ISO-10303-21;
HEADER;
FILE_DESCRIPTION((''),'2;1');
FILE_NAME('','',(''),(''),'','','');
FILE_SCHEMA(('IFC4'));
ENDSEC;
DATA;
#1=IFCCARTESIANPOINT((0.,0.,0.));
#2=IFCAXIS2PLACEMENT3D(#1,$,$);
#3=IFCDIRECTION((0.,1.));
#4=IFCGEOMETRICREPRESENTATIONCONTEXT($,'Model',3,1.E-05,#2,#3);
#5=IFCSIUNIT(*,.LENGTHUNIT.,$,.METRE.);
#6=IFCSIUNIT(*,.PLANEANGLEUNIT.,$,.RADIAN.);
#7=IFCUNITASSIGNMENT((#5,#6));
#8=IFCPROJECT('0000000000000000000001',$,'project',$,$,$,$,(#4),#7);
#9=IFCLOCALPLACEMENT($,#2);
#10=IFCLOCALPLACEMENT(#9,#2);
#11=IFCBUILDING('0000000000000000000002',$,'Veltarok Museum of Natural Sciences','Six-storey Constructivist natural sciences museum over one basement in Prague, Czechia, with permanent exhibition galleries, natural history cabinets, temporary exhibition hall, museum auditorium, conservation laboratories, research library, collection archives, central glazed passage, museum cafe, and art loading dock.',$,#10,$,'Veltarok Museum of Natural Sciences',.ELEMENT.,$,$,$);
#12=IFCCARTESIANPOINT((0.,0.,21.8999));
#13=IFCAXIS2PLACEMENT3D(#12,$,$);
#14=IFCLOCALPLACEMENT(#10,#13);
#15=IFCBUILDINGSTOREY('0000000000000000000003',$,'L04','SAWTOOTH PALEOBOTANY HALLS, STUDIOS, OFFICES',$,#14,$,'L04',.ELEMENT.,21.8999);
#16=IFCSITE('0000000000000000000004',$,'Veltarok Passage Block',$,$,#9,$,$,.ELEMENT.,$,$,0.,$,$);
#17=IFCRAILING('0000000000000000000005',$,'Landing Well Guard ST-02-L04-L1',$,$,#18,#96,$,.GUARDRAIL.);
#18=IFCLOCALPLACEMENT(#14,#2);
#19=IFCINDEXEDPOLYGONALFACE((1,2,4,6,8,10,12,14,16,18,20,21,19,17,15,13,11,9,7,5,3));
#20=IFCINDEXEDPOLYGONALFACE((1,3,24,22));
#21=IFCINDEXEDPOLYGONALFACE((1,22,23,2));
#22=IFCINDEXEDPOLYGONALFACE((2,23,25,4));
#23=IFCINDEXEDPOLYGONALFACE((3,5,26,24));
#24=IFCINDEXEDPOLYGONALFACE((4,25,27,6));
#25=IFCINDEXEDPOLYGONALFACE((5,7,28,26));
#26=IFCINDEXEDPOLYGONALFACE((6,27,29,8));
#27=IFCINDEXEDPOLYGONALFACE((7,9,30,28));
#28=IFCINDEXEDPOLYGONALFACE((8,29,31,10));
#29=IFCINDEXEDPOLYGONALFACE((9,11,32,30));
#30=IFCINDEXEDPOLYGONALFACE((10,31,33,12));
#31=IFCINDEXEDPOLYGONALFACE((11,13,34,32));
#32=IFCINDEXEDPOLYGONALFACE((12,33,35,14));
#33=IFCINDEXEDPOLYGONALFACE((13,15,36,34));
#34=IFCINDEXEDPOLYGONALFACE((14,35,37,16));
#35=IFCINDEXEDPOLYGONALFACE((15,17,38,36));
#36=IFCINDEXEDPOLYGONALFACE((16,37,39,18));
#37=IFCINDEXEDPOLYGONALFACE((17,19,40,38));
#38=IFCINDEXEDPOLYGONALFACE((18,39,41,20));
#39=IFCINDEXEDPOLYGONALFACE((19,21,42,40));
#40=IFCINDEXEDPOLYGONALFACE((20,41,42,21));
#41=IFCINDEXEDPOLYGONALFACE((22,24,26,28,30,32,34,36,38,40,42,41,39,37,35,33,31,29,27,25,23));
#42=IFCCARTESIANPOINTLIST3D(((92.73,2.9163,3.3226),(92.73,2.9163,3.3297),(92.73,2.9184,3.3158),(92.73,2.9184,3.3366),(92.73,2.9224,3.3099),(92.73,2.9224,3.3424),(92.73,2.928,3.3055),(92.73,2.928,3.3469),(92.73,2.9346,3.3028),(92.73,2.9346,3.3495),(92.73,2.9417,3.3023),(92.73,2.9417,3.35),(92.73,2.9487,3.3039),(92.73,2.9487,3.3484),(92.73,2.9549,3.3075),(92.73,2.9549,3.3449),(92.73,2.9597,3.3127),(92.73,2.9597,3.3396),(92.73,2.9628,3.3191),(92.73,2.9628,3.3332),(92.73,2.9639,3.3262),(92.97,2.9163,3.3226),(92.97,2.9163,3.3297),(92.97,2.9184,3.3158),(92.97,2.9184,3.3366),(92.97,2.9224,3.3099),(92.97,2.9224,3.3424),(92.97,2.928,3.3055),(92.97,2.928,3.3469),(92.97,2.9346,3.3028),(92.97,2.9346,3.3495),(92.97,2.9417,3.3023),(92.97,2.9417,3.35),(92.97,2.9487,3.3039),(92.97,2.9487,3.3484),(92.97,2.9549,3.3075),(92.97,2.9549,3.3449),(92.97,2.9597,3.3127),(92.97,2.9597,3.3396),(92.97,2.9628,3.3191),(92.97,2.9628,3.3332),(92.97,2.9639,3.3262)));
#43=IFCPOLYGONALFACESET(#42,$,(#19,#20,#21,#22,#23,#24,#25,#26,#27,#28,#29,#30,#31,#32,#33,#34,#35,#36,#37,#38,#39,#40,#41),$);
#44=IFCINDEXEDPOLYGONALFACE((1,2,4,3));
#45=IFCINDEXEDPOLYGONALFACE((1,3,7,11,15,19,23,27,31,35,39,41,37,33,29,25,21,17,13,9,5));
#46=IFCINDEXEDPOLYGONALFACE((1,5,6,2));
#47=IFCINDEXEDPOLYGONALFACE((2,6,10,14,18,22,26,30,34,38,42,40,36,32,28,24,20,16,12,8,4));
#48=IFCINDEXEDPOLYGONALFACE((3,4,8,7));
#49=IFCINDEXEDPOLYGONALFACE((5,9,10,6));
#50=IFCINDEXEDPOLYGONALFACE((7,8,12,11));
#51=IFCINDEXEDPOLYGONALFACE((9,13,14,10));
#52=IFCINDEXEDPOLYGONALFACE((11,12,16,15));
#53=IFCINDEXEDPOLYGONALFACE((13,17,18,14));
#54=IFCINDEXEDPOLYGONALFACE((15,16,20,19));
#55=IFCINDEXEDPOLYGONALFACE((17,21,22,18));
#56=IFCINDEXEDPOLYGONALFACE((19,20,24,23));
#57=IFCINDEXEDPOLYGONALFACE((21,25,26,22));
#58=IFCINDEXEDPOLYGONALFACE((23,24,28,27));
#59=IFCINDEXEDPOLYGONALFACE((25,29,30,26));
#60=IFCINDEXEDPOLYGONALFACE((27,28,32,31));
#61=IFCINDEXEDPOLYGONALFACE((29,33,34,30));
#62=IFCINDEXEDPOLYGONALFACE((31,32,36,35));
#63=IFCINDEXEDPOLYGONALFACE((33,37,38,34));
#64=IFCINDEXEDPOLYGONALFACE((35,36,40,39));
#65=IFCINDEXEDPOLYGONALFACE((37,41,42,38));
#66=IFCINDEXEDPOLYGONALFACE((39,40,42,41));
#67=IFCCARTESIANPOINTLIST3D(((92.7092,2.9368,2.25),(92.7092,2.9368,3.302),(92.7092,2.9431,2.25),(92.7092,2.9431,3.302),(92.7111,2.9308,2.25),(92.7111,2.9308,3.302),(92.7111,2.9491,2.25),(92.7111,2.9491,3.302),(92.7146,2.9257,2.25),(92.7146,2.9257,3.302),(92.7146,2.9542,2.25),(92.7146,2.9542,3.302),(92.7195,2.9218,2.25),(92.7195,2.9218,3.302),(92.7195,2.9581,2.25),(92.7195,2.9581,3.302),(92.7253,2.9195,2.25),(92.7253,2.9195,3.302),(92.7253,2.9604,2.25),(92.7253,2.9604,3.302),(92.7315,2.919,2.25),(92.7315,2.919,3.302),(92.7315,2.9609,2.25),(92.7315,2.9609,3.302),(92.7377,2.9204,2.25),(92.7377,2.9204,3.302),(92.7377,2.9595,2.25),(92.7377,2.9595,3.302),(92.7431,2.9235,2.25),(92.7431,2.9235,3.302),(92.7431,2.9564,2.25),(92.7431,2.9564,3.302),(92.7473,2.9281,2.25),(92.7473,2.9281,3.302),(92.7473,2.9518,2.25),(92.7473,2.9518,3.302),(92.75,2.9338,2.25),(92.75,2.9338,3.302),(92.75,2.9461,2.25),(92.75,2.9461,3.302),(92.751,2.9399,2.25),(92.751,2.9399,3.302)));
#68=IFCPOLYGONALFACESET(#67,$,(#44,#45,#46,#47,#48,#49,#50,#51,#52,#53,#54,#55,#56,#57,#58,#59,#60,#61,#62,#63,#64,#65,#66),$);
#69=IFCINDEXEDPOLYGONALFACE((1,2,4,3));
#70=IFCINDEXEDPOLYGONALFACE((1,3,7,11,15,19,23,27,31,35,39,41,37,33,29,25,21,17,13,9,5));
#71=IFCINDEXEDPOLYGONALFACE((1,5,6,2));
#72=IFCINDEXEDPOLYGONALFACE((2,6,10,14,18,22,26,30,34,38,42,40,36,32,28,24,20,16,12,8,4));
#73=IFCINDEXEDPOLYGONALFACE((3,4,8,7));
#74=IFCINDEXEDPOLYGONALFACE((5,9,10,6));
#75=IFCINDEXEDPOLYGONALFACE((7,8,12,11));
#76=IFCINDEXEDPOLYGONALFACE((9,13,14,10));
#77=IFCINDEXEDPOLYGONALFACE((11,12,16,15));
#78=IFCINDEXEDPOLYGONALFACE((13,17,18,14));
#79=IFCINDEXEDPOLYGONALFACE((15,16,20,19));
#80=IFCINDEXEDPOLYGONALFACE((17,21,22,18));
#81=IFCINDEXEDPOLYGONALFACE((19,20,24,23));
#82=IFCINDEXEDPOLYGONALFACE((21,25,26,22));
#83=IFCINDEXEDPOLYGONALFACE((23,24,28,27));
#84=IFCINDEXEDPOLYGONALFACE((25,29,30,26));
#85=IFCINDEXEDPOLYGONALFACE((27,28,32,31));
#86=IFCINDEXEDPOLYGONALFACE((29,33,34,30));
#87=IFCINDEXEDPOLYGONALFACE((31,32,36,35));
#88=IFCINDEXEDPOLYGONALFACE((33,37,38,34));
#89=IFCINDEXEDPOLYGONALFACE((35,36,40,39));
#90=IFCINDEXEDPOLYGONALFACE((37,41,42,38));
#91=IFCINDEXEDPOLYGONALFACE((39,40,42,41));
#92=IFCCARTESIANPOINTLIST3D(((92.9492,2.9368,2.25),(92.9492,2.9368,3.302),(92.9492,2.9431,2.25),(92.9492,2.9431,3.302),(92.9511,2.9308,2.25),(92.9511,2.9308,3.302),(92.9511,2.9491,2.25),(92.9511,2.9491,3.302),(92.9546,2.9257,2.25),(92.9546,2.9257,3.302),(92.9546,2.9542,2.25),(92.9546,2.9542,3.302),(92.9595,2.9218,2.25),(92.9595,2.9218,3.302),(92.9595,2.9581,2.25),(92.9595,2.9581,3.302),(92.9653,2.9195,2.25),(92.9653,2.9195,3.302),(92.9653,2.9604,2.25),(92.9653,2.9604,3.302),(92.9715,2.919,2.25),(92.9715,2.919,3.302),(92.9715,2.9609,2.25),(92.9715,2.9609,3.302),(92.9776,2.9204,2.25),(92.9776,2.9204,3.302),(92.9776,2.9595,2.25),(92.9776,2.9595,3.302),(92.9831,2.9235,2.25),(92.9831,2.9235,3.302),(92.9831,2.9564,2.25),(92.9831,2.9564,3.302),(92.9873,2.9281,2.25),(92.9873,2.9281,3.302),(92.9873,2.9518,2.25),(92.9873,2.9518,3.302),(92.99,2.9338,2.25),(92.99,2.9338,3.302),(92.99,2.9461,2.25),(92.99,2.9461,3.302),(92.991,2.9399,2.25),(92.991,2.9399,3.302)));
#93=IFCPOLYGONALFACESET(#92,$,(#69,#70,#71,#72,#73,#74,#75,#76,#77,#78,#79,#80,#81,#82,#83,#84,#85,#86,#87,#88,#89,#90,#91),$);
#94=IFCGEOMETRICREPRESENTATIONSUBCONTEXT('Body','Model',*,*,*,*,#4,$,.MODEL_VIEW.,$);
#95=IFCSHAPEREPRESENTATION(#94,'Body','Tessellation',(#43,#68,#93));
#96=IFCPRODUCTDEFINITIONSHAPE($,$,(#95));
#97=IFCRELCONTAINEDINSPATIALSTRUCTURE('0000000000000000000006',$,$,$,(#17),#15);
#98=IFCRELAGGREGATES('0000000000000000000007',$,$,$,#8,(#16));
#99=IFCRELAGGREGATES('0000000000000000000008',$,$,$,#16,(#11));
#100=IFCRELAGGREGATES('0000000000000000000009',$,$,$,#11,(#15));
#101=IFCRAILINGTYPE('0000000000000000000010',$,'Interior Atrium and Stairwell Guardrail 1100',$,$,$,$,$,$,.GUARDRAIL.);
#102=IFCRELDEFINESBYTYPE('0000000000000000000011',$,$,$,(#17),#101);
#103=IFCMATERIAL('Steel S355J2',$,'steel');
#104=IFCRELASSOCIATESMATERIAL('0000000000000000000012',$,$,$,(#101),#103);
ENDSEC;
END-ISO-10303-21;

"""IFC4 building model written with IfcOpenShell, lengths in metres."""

from ifc_helpers import new_model, si_unit, direction, frame, origin, origin_2d, place, context, subcontext, project, spatial, circle, extrude, material, type_object, element, save


model = new_model("IFC4")

# Units and contexts
model_context = context("Model", 3, precision=1e-05, world=origin(), true_north=direction((0.0, 1.0)))
body_context = subcontext(model_context, "Body", "Model", "MODEL_VIEW")
ifc_project = project(units=[si_unit("LENGTHUNIT", "METRE"), si_unit("PLANEANGLEUNIT", "RADIAN")], contexts=[model_context])

# Site, building, storey
site_placement = place(None, origin())
site = spatial("IfcSite", under=ifc_project, at=site_placement, Name="Veltarok Passage Block", CompositionType="ELEMENT", RefElevation=0.0)
building_placement = place(site_placement, origin())
building = spatial("IfcBuilding", under=site, at=building_placement, Name="Veltarok Museum of Natural Sciences", Description="Six-storey Constructivist natural sciences museum over one basement in Prague, Czechia, with permanent exhibition galleries, natural history cabinets, temporary exhibition hall, museum auditorium, conservation laboratories, research library, collection archives, central glazed passage, museum cafe, and art loading dock.", LongName="Veltarok Museum of Natural Sciences", CompositionType="ELEMENT")
storey_placement = place(building_placement, frame((0.0, 0.0, 21.8999)))
storey = spatial("IfcBuildingStorey", under=building, at=storey_placement, Name="L04", Description="SAWTOOTH PALEOBOTANY HALLS, STUDIOS, OFFICES", LongName="L04", CompositionType="ELEMENT", Elevation=21.8999)

# Shared definitions
ifc_material_1 = material(Name="Steel S355J2", Category="steel")

# Railing
railing_type_1 = type_object("IfcRailingType", Name="Interior Atrium and Stairwell Guardrail 1100", PredefinedType="GUARDRAIL", material=ifc_material_1)
for number, where, name in (
    (1, (92.73, 2.9399, 2.25), "Landing Well Guard ST-02-L04-L1"),
):
    element("IfcRailing", number, at=place(storey_placement, frame(where)), inside=storey, type_object=railing_type_1, Name=name, PredefinedType="GUARDRAIL", context=body_context, shape_type="SweptSolid", body=[
        extrude(circle(Radius=0.0239, at=origin_2d()), frame((0.0, 0.0, 1.0762), z_axis=(1.0, 0.0, 0.0), x_axis=(0.0, 1.0, 0.0)), (0.0, 0.0, 1.0), 0.24),
        extrude(circle(Radius=0.021, at=origin_2d()), origin(), (0.0, 0.0, 1.0), 1.052),
        extrude(circle(Radius=0.021, at=origin_2d()), frame((0.24, 0.0, 0.0)), (0.0, 0.0, 1.0), 1.052),
    ])

save(model, "model.ifc")
